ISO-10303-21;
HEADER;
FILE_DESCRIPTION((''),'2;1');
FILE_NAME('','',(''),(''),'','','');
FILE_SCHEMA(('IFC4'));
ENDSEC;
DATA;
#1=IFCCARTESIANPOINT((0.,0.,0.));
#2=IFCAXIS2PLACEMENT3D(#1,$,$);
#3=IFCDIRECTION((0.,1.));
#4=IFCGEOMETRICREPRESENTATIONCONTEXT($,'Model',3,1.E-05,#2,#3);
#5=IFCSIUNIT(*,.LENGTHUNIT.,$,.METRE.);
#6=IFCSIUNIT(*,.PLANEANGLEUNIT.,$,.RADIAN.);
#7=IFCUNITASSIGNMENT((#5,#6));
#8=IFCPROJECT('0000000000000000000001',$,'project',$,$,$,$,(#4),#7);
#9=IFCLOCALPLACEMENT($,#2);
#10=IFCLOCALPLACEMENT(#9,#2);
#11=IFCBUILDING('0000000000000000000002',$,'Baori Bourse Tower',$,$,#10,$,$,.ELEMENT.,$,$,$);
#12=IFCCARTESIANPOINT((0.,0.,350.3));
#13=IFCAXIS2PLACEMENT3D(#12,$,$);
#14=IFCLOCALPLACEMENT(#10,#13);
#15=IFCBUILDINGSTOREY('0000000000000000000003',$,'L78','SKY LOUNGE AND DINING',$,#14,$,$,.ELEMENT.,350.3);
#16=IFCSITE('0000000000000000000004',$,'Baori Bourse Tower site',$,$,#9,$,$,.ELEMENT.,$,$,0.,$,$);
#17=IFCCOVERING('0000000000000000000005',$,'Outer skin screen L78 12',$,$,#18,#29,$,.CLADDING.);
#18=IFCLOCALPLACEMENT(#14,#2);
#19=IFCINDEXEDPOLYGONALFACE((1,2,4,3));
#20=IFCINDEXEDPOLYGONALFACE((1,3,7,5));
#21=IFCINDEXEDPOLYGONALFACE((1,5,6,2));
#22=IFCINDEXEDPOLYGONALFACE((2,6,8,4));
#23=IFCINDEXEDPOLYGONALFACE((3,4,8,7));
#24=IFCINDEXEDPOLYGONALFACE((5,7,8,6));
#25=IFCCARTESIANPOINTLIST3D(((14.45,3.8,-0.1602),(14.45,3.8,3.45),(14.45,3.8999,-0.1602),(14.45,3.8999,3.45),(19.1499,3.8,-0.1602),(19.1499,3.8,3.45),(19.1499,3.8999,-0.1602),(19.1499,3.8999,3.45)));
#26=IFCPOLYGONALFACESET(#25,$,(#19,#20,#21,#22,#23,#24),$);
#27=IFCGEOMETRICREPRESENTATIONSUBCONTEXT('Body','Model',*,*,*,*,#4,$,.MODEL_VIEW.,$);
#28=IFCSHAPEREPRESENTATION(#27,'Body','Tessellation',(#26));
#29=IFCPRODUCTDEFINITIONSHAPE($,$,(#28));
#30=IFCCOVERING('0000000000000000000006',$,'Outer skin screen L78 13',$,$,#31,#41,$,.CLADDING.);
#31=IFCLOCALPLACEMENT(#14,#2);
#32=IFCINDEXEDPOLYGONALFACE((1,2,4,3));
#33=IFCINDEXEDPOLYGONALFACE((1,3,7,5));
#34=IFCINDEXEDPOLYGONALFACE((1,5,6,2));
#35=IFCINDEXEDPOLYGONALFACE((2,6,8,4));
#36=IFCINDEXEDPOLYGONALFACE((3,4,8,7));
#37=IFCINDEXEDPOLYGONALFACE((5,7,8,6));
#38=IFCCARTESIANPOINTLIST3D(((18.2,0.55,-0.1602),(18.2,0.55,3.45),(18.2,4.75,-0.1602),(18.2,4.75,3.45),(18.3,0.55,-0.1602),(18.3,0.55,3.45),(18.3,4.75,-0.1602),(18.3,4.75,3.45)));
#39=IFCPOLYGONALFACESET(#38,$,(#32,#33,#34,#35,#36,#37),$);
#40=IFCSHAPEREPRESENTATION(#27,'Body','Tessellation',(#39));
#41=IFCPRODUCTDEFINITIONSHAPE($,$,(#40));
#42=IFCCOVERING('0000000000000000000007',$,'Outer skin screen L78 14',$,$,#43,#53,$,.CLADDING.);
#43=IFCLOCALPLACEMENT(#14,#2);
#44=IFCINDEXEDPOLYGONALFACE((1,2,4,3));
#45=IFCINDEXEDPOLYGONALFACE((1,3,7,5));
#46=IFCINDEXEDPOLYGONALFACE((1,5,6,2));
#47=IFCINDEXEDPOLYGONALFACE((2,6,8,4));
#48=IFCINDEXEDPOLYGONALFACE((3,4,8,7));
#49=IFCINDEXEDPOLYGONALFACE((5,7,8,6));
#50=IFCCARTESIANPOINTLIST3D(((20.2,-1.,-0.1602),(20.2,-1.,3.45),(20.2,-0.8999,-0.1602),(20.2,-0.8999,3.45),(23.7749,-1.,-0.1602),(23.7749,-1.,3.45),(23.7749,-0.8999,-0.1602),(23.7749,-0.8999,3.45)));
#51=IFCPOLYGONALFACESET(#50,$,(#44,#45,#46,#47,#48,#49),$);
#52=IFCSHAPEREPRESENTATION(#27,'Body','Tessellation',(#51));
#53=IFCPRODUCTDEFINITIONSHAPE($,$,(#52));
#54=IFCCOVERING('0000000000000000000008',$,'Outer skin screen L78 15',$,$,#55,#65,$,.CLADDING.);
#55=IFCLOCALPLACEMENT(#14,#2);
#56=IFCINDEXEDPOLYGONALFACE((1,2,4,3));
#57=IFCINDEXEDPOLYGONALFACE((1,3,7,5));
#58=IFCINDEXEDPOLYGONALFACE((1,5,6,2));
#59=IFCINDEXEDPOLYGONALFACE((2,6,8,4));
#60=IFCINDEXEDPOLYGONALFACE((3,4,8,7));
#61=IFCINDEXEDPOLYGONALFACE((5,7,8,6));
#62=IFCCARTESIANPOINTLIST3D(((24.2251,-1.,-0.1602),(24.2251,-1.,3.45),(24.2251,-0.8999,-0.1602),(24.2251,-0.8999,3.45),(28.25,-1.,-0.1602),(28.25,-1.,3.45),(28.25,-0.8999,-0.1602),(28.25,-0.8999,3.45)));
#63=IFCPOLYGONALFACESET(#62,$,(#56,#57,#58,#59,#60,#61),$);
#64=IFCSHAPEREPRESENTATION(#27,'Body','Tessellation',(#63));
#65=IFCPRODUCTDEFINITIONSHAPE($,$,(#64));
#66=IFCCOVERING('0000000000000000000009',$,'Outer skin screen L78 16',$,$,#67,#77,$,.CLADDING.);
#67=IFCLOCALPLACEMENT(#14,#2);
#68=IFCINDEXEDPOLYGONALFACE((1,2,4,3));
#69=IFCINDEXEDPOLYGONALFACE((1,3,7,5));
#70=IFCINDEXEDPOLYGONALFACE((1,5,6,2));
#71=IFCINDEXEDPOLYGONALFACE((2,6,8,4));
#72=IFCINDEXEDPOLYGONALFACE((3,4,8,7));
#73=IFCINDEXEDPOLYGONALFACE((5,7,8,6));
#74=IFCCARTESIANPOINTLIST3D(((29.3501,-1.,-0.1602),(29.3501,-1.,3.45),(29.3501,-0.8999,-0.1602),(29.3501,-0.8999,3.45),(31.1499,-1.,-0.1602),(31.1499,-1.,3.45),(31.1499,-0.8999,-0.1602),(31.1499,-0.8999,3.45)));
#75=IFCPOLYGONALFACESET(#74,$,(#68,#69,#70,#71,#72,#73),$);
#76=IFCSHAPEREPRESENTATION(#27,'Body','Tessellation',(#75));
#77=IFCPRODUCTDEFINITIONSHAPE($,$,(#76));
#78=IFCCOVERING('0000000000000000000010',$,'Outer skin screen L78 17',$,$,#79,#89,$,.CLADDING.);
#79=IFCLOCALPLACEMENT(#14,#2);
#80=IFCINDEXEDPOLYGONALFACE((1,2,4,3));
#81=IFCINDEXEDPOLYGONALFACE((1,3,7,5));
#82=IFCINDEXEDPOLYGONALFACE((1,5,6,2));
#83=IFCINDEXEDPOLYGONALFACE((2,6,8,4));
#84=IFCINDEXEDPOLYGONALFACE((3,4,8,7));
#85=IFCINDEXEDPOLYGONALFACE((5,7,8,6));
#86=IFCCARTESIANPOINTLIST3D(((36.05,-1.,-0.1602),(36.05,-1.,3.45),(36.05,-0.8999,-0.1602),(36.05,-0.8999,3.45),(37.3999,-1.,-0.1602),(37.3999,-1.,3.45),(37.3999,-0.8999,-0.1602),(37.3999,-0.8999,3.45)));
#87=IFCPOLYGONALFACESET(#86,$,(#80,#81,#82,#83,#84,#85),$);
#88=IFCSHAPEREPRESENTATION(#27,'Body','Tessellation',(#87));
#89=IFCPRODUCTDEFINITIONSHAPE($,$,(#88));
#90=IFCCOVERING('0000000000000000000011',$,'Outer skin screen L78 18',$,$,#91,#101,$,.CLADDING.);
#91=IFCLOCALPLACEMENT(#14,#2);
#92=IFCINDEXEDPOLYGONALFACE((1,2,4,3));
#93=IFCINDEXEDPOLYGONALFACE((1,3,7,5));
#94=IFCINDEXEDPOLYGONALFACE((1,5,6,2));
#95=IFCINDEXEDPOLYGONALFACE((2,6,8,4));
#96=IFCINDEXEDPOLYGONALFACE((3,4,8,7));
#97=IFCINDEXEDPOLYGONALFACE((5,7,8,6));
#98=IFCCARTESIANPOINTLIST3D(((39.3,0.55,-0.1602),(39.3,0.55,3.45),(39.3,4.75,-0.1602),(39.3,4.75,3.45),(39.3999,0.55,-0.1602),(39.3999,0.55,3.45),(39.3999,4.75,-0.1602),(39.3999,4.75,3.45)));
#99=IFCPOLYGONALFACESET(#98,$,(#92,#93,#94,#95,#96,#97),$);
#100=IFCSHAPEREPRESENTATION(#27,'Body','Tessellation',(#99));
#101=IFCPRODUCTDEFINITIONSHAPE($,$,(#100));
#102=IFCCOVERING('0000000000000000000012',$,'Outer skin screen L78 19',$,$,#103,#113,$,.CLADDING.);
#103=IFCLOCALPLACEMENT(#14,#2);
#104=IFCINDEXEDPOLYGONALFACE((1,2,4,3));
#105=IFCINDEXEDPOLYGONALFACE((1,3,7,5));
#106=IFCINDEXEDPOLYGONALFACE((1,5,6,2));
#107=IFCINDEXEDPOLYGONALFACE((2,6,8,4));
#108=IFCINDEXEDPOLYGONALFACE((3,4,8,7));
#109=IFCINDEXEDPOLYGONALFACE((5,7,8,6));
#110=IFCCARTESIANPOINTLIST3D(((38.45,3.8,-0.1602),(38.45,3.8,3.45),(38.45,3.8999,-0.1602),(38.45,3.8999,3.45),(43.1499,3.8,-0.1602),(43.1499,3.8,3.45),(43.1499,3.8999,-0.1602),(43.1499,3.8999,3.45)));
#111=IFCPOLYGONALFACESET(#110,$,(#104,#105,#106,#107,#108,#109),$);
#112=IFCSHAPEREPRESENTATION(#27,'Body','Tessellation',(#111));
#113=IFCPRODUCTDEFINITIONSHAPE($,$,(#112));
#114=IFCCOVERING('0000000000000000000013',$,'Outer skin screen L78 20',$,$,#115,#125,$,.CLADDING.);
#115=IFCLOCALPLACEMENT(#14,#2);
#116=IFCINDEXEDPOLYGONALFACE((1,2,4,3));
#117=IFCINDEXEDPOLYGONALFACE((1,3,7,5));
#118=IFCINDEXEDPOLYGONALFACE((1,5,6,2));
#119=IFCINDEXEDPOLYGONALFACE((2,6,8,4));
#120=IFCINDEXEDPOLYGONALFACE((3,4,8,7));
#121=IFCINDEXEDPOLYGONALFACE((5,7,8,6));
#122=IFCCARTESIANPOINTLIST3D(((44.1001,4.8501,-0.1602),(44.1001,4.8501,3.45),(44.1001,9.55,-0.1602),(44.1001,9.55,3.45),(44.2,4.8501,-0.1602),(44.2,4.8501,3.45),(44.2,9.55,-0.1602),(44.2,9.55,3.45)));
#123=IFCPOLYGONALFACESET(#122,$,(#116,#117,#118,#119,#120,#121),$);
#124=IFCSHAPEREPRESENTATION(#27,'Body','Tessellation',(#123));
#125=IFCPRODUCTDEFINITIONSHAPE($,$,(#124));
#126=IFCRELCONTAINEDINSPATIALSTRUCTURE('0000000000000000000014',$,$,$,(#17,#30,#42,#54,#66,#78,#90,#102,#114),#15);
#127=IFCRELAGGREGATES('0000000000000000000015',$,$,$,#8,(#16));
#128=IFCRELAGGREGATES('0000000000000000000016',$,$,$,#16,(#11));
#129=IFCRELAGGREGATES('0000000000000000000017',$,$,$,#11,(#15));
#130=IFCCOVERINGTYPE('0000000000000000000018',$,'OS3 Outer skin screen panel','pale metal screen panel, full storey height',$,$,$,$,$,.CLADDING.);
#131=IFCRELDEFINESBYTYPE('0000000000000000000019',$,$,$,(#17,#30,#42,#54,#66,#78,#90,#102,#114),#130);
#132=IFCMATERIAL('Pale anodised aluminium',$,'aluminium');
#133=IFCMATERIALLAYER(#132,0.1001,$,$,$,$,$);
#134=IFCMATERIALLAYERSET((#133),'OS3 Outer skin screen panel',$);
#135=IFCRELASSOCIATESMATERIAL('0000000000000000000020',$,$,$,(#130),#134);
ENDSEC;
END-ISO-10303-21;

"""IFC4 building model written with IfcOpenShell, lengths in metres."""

from ifc_helpers import new_model, si_unit, direction, frame, origin, place, context, subcontext, project, spatial, polyline, outline, extrude, material, layer, layer_set, type_object, element, save


model = new_model("IFC4")

# Units and contexts
model_context = context("Model", 3, precision=1e-05, world=origin(), true_north=direction((0.0, 1.0)))
body_context = subcontext(model_context, "Body", "Model", "MODEL_VIEW")
ifc_project = project(units=[si_unit("LENGTHUNIT", "METRE"), si_unit("PLANEANGLEUNIT", "RADIAN")], contexts=[model_context])

# Site, building, storey
site_placement = place(None, origin())
site = spatial("IfcSite", under=ifc_project, at=site_placement, Name="Baori Bourse Tower site", CompositionType="ELEMENT", RefElevation=0.0)
building_placement = place(site_placement, origin())
building = spatial("IfcBuilding", under=site, at=building_placement, Name="Baori Bourse Tower", CompositionType="ELEMENT")
storey_placement = place(building_placement, frame((0.0, 0.0, 350.3)))
storey = spatial("IfcBuildingStorey", under=building, at=storey_placement, Name="L78", Description="SKY LOUNGE AND DINING", CompositionType="ELEMENT", Elevation=350.3)

# Coverings
ifc_material_1 = material(Name="Pale anodised aluminium", Category="aluminium")
ifc_layer_1 = layer(ifc_material_1, 0.1001)
ifc_layer_set_1 = layer_set([ifc_layer_1], Name="OS3 Outer skin screen panel")
covering_type_1 = type_object("IfcCoveringType", Name="OS3 Outer skin screen panel", Description="pale metal screen panel, full storey height", PredefinedType="CLADDING", material=ifc_layer_set_1)
covering_1_placement = place(storey_placement, frame((0.0, 0.0, -0.1602)))
element("IfcCovering", 1, at=covering_1_placement, inside=storey, type_object=covering_type_1, Name="Outer skin screen L78 12", PredefinedType="CLADDING", context=body_context, shape_type="SweptSolid", body=[
    extrude(outline(polyline([(19.1499, 3.8999), (14.45, 3.8999), (14.45, 3.8), (19.1499, 3.8), (19.1499, 3.8999)])), origin(), (0.0, 0.0, 1.0), 3.6101),
])
covering_2_placement = place(storey_placement, frame((0.0, 0.0, -0.1602)))
element("IfcCovering", 2, at=covering_2_placement, inside=storey, type_object=covering_type_1, Name="Outer skin screen L78 13", PredefinedType="CLADDING", context=body_context, shape_type="SweptSolid", body=[
    extrude(outline(polyline([(18.3, 0.55), (18.3, 4.75), (18.2, 4.75), (18.2, 0.55), (18.3, 0.55)])), origin(), (0.0, 0.0, 1.0), 3.6101),
])
covering_3_placement = place(storey_placement, frame((0.0, 0.0, -0.1602)))
element("IfcCovering", 3, at=covering_3_placement, inside=storey, type_object=covering_type_1, Name="Outer skin screen L78 14", PredefinedType="CLADDING", context=body_context, shape_type="SweptSolid", body=[
    extrude(outline(polyline([(23.7749, -0.8999), (20.2, -0.8999), (20.2, -1.0), (23.7749, -1.0), (23.7749, -0.8999)])), origin(), (0.0, 0.0, 1.0), 3.6101),
])
covering_4_placement = place(storey_placement, frame((0.0, 0.0, -0.1602)))
element("IfcCovering", 4, at=covering_4_placement, inside=storey, type_object=covering_type_1, Name="Outer skin screen L78 15", PredefinedType="CLADDING", context=body_context, shape_type="SweptSolid", body=[
    extrude(outline(polyline([(28.25, -0.8999), (24.2251, -0.8999), (24.2251, -1.0), (28.25, -1.0), (28.25, -0.8999)])), origin(), (0.0, 0.0, 1.0), 3.6101),
])
covering_5_placement = place(storey_placement, frame((0.0, 0.0, -0.1602)))
element("IfcCovering", 5, at=covering_5_placement, inside=storey, type_object=covering_type_1, Name="Outer skin screen L78 16", PredefinedType="CLADDING", context=body_context, shape_type="SweptSolid", body=[
    extrude(outline(polyline([(31.1499, -0.8999), (29.3501, -0.8999), (29.3501, -1.0), (31.1499, -1.0), (31.1499, -0.8999)])), origin(), (0.0, 0.0, 1.0), 3.6101),
])
covering_6_placement = place(storey_placement, frame((0.0, 0.0, -0.1602)))
element("IfcCovering", 6, at=covering_6_placement, inside=storey, type_object=covering_type_1, Name="Outer skin screen L78 17", PredefinedType="CLADDING", context=body_context, shape_type="SweptSolid", body=[
    extrude(outline(polyline([(37.3999, -0.8999), (36.05, -0.8999), (36.05, -1.0), (37.3999, -1.0), (37.3999, -0.8999)])), origin(), (0.0, 0.0, 1.0), 3.6101),
])
covering_7_placement = place(storey_placement, frame((0.0, 0.0, -0.1602)))
element("IfcCovering", 7, at=covering_7_placement, inside=storey, type_object=covering_type_1, Name="Outer skin screen L78 18", PredefinedType="CLADDING", context=body_context, shape_type="SweptSolid", body=[
    extrude(outline(polyline([(39.3, 4.75), (39.3, 0.55), (39.3999, 0.55), (39.3999, 4.75), (39.3, 4.75)])), origin(), (0.0, 0.0, 1.0), 3.6101),
])
covering_8_placement = place(storey_placement, frame((0.0, 0.0, -0.1602)))
element("IfcCovering", 8, at=covering_8_placement, inside=storey, type_object=covering_type_1, Name="Outer skin screen L78 19", PredefinedType="CLADDING", context=body_context, shape_type="SweptSolid", body=[
    extrude(outline(polyline([(43.1499, 3.8999), (38.45, 3.8999), (38.45, 3.8), (43.1499, 3.8), (43.1499, 3.8999)])), origin(), (0.0, 0.0, 1.0), 3.6101),
])
covering_9_placement = place(storey_placement, frame((0.0, 0.0, -0.1602)))
element("IfcCovering", 9, at=covering_9_placement, inside=storey, type_object=covering_type_1, Name="Outer skin screen L78 20", PredefinedType="CLADDING", context=body_context, shape_type="SweptSolid", body=[
    extrude(outline(polyline([(44.1001, 9.55), (44.1001, 4.8501), (44.2, 4.8501), (44.2, 9.55), (44.1001, 9.55)])), origin(), (0.0, 0.0, 1.0), 3.6101),
])

save(model, "model.ifc")
